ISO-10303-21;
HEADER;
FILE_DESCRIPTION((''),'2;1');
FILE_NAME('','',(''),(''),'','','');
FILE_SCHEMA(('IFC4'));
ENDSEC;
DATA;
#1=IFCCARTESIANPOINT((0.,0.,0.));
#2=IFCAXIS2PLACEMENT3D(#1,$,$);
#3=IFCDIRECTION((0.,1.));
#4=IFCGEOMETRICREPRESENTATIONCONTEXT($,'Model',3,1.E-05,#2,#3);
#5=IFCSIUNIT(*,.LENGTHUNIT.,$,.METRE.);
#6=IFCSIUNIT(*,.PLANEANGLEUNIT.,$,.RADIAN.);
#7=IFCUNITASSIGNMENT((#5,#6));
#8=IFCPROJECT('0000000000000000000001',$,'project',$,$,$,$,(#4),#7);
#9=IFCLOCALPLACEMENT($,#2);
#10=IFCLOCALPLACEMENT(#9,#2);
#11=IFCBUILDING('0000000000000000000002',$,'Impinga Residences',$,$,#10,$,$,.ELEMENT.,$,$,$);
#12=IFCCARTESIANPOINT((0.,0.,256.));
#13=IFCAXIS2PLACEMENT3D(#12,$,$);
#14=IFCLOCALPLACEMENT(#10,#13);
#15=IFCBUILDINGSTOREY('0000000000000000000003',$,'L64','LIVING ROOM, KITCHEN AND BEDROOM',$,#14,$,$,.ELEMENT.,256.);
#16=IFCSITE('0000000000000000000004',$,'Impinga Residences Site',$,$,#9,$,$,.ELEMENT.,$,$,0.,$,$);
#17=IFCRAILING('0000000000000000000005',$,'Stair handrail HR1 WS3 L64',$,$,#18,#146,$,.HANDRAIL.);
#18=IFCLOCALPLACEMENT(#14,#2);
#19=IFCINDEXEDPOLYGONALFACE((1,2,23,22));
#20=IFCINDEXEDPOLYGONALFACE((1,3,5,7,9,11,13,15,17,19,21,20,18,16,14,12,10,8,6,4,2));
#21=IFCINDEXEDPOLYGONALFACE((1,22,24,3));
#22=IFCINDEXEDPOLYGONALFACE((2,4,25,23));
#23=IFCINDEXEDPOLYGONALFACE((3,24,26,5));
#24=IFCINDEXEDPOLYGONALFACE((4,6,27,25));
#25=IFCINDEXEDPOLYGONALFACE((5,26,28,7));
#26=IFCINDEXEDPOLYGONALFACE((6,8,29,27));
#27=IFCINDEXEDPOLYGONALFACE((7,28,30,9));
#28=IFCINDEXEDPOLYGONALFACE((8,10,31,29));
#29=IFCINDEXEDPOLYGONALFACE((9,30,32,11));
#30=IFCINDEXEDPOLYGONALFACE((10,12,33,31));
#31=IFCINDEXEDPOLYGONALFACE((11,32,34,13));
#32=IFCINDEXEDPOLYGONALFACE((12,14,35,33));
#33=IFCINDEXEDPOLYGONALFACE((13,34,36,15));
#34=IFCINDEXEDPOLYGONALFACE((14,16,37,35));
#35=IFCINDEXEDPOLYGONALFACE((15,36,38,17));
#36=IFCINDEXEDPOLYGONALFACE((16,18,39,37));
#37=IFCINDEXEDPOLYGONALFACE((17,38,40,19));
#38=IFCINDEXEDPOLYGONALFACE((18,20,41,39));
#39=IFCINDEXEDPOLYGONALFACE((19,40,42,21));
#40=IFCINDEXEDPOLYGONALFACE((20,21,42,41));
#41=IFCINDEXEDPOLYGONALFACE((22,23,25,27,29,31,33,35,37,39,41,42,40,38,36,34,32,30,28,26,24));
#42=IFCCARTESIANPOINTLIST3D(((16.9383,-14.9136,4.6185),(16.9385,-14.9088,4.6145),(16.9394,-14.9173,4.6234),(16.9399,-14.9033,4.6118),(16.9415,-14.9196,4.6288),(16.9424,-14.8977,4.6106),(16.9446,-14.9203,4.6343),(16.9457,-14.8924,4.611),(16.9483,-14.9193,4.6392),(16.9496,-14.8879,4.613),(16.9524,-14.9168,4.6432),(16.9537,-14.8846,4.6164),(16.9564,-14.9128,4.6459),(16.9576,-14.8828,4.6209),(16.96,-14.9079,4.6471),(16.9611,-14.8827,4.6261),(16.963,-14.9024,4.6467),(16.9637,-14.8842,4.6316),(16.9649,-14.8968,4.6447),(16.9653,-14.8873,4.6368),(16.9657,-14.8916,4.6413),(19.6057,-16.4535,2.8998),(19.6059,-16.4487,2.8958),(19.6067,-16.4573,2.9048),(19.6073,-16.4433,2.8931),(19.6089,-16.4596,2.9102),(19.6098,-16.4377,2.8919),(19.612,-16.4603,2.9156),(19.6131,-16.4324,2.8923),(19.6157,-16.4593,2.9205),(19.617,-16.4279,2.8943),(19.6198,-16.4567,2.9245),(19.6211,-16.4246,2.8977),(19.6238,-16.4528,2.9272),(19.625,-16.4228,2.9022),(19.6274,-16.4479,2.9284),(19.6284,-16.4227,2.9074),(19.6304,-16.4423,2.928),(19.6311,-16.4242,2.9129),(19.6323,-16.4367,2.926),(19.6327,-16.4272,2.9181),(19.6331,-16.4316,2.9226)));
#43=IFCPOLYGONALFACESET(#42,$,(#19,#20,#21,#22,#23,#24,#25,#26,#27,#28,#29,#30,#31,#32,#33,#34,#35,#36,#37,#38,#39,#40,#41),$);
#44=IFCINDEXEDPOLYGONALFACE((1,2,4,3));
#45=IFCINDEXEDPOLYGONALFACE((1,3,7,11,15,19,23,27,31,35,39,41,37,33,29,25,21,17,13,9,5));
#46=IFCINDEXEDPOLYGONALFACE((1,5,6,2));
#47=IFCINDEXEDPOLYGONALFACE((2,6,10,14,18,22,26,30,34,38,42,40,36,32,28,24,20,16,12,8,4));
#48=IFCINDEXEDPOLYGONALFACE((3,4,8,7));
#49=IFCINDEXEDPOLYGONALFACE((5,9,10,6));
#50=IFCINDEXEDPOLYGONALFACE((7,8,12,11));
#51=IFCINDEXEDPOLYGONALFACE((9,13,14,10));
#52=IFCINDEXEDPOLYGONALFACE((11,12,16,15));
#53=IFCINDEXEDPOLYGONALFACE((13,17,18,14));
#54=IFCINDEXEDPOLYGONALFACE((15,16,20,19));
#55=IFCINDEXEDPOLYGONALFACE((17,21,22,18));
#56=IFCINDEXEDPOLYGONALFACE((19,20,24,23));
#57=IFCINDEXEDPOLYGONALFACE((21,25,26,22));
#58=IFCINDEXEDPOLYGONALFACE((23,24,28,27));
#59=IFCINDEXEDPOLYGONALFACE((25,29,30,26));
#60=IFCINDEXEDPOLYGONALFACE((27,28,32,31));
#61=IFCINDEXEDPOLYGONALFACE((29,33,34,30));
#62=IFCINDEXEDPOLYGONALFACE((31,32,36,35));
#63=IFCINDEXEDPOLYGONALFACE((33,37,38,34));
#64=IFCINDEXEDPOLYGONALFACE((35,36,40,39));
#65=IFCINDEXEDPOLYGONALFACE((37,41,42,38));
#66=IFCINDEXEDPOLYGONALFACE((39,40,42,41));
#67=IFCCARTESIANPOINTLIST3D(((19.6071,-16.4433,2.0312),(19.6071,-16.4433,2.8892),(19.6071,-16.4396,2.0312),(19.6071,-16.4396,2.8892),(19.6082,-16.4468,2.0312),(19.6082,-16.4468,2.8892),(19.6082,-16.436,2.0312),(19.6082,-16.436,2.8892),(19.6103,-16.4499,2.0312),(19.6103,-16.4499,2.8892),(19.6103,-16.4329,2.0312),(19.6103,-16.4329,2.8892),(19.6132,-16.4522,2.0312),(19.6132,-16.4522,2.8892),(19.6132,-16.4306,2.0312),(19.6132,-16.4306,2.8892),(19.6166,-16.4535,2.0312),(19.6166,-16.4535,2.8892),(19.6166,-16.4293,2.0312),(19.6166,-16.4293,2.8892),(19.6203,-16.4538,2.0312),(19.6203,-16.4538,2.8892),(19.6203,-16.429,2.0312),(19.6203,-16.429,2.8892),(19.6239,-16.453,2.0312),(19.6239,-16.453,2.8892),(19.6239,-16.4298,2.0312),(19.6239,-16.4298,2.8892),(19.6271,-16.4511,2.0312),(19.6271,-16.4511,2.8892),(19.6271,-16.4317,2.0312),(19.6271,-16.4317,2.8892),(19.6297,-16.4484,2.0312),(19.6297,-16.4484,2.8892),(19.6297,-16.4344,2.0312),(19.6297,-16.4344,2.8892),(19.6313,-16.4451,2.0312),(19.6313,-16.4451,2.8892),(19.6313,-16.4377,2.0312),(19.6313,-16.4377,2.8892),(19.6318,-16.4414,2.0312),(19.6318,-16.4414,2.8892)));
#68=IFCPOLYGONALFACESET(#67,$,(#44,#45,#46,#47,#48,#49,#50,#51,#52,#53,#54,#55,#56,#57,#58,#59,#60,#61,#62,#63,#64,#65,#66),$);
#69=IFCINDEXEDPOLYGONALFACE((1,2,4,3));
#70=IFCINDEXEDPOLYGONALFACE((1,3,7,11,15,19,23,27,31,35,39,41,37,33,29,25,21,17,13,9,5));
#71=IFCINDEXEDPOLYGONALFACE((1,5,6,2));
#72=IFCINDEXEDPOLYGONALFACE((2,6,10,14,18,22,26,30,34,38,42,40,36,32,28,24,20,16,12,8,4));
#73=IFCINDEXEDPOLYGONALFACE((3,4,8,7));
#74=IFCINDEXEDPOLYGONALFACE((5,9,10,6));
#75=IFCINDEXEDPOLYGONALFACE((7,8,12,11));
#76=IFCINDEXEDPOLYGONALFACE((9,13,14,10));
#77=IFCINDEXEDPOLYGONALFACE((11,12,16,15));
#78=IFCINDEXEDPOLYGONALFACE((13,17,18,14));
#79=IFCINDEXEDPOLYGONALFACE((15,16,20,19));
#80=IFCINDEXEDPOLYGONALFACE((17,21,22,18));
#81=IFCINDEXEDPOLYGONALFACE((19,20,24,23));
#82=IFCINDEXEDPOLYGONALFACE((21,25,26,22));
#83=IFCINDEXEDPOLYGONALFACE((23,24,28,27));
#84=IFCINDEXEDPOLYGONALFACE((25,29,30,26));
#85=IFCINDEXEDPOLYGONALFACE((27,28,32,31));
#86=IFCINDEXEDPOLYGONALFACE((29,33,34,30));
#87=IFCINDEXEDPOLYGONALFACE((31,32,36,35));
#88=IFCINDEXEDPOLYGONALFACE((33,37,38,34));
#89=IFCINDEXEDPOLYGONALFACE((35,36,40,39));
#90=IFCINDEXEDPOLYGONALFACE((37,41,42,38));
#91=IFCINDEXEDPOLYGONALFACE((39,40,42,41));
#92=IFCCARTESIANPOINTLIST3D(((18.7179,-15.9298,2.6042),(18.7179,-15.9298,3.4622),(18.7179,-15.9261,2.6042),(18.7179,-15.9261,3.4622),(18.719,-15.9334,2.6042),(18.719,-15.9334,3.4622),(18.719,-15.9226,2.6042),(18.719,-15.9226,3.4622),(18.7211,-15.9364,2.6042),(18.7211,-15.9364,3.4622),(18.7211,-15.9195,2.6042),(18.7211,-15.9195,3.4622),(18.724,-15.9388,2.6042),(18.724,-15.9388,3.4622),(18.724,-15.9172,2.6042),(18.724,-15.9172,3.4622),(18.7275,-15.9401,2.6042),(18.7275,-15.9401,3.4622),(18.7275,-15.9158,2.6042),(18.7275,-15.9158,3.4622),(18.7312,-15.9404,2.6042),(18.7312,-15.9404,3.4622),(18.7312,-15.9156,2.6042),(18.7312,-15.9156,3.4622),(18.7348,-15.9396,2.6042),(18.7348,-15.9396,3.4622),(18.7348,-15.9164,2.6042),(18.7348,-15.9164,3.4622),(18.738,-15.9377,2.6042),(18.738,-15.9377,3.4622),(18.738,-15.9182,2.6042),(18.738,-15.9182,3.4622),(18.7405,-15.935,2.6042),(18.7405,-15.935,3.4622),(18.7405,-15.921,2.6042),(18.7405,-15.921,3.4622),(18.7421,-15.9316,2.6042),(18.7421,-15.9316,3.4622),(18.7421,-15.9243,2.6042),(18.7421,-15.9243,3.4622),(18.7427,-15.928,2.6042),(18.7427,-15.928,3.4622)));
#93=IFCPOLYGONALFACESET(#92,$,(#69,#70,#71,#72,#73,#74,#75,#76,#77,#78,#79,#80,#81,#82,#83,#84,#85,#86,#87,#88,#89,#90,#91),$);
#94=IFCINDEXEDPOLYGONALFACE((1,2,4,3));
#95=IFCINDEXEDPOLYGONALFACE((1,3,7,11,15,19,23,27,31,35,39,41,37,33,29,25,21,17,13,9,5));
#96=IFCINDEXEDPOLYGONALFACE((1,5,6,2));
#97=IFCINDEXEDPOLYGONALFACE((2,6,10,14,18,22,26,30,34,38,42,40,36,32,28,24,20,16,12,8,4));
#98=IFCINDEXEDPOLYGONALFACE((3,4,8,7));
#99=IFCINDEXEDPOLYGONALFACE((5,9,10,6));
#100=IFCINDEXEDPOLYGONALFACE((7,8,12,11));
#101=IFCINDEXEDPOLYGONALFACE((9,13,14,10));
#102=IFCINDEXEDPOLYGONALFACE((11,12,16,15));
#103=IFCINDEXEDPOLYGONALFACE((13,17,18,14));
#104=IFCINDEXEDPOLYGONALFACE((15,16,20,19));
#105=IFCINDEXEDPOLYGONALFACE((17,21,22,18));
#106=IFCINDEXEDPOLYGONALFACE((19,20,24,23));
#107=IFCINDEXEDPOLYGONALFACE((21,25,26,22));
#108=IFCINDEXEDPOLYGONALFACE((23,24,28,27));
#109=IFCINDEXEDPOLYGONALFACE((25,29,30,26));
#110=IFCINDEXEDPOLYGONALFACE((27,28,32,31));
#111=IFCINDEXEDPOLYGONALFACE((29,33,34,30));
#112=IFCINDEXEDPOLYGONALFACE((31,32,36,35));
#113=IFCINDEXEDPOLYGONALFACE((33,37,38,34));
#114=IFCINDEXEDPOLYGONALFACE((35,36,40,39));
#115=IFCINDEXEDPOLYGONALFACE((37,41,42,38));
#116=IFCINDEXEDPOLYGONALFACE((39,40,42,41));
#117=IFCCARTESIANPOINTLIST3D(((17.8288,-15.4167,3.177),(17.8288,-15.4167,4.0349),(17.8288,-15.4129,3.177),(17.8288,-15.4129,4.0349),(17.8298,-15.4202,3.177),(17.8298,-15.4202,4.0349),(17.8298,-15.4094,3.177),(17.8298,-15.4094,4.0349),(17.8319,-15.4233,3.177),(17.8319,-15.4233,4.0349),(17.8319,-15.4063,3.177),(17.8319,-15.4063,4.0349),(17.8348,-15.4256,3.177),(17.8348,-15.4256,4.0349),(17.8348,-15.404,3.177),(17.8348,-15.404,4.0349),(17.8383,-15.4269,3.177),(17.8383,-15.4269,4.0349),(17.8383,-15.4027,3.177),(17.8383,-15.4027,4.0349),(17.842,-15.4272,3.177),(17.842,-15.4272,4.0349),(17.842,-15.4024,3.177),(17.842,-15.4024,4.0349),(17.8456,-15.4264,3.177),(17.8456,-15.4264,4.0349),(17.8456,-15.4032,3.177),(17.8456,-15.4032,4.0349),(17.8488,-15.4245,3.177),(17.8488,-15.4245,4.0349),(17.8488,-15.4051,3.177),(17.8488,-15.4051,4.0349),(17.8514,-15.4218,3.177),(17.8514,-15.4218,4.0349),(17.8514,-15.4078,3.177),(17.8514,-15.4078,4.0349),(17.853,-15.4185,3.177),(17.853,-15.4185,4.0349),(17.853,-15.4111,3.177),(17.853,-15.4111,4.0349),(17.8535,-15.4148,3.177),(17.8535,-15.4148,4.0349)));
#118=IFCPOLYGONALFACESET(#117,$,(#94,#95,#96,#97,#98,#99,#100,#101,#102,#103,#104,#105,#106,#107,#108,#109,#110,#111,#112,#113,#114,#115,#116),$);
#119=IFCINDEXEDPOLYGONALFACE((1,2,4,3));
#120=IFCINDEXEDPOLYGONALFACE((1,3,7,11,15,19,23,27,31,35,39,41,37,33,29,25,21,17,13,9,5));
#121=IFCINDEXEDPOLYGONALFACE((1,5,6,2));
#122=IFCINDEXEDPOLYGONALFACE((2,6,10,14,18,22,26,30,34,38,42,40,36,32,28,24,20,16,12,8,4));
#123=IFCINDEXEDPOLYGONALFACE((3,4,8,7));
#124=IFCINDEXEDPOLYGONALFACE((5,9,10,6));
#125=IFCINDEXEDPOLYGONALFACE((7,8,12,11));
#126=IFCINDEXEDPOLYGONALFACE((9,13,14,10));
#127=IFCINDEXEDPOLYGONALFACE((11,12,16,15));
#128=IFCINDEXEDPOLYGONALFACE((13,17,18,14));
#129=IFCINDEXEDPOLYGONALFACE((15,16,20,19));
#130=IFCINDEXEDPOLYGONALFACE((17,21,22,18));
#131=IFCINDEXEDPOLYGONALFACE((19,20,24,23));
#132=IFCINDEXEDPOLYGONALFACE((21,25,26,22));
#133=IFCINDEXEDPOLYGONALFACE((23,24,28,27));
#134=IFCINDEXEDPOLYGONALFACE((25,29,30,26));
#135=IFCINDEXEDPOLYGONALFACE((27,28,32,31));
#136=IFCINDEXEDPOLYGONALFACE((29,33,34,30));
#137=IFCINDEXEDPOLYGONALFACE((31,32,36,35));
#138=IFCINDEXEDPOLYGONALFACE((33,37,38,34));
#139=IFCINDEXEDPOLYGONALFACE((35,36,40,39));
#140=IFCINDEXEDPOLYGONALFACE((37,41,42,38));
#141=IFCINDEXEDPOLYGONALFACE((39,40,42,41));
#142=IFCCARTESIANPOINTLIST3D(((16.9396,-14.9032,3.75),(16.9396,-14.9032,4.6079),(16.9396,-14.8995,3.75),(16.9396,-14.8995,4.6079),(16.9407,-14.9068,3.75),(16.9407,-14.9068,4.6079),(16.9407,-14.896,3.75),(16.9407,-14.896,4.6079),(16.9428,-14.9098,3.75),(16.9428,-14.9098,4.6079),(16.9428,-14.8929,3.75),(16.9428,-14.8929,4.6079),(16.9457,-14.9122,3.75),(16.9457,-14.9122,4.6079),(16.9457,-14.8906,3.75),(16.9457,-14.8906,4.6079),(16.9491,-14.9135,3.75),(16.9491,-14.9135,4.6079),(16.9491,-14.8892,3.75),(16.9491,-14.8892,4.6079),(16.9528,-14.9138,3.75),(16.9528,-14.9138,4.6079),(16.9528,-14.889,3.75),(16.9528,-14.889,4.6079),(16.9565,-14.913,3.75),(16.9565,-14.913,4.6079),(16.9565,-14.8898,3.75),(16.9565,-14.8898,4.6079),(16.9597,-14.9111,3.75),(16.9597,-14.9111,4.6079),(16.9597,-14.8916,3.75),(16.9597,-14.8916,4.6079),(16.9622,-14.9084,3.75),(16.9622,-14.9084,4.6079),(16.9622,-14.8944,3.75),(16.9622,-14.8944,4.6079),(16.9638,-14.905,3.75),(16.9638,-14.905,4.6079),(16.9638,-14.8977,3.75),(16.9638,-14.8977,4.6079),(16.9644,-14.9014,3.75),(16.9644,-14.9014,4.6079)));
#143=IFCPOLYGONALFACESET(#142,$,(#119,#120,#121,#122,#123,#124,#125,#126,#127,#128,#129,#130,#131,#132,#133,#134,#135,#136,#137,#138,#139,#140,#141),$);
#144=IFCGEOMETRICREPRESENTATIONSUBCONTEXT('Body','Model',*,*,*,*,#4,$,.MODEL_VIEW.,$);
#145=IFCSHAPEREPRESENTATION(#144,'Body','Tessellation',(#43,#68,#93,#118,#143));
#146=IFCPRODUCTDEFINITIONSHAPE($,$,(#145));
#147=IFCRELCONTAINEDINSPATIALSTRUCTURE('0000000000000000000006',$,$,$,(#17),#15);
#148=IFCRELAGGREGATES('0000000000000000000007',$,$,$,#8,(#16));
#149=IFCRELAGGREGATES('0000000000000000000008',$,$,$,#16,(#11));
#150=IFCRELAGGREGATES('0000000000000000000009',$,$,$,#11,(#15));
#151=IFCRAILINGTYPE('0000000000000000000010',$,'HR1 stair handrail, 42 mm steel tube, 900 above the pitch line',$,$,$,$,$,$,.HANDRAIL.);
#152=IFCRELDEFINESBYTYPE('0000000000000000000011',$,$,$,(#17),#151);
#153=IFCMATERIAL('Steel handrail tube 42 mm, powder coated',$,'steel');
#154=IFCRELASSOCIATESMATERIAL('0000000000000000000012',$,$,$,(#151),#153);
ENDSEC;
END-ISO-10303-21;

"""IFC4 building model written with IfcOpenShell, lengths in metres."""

from ifc_helpers import new_model, si_unit, direction, frame, origin, origin_2d, place, context, subcontext, project, spatial, circle, extrude, material, type_object, element, save


model = new_model("IFC4")

# Units and contexts
model_context = context("Model", 3, precision=1e-05, world=origin(), true_north=direction((0.0, 1.0)))
body_context = subcontext(model_context, "Body", "Model", "MODEL_VIEW")
ifc_project = project(units=[si_unit("LENGTHUNIT", "METRE"), si_unit("PLANEANGLEUNIT", "RADIAN")], contexts=[model_context])

# Site, building, storey
site_placement = place(None, origin())
site = spatial("IfcSite", under=ifc_project, at=site_placement, Name="Impinga Residences Site", CompositionType="ELEMENT", RefElevation=0.0)
building_placement = place(site_placement, origin())
building = spatial("IfcBuilding", under=site, at=building_placement, Name="Impinga Residences", CompositionType="ELEMENT")
storey_placement = place(building_placement, frame((0.0, 0.0, 256.0)))
storey = spatial("IfcBuildingStorey", under=building, at=storey_placement, Name="L64", Description="LIVING ROOM, KITCHEN AND BEDROOM", CompositionType="ELEMENT", Elevation=256.0)

# Railing
ifc_material_1 = material(Name="Steel handrail tube 42 mm, powder coated", Category="steel")
railing_type_1 = type_object("IfcRailingType", Name="HR1 stair handrail, 42 mm steel tube, 900 above the pitch line", PredefinedType="HANDRAIL", material=ifc_material_1)
railing_1_placement = place(storey_placement, frame((19.6194, -16.4414, 2.0312)))
element("IfcRailing", 1, at=railing_1_placement, inside=storey, type_object=railing_type_1, Name="Stair handrail HR1 WS3 L64", PredefinedType="HANDRAIL", context=body_context, shape_type="SweptSolid", body=[
    extrude(circle(Radius=0.021, at=origin_2d()), frame((0.0, 0.0, 0.8789), z_axis=(-0.756256, 0.436616, 0.487282), x_axis=(-0.499992, -0.86603, 0.0)), (0.0, 0.0, 1.0), 3.5271),
    extrude(circle(Radius=0.0125, at=origin_2d()), origin(), (0.0, 0.0, 1.0), 0.8579),
    extrude(circle(Radius=0.0125, at=origin_2d()), frame((-0.8892, 0.5134, 0.573)), (0.0, 0.0, 1.0), 0.8579),
    extrude(circle(Radius=0.0125, at=origin_2d()), frame((-1.7783, 1.0266, 1.1458)), (0.0, 0.0, 1.0), 0.8579),
    extrude(circle(Radius=0.0125, at=origin_2d()), frame((-2.6675, 1.54, 1.7188)), (0.0, 0.0, 1.0), 0.8579),
])

save(model, "model.ifc")
